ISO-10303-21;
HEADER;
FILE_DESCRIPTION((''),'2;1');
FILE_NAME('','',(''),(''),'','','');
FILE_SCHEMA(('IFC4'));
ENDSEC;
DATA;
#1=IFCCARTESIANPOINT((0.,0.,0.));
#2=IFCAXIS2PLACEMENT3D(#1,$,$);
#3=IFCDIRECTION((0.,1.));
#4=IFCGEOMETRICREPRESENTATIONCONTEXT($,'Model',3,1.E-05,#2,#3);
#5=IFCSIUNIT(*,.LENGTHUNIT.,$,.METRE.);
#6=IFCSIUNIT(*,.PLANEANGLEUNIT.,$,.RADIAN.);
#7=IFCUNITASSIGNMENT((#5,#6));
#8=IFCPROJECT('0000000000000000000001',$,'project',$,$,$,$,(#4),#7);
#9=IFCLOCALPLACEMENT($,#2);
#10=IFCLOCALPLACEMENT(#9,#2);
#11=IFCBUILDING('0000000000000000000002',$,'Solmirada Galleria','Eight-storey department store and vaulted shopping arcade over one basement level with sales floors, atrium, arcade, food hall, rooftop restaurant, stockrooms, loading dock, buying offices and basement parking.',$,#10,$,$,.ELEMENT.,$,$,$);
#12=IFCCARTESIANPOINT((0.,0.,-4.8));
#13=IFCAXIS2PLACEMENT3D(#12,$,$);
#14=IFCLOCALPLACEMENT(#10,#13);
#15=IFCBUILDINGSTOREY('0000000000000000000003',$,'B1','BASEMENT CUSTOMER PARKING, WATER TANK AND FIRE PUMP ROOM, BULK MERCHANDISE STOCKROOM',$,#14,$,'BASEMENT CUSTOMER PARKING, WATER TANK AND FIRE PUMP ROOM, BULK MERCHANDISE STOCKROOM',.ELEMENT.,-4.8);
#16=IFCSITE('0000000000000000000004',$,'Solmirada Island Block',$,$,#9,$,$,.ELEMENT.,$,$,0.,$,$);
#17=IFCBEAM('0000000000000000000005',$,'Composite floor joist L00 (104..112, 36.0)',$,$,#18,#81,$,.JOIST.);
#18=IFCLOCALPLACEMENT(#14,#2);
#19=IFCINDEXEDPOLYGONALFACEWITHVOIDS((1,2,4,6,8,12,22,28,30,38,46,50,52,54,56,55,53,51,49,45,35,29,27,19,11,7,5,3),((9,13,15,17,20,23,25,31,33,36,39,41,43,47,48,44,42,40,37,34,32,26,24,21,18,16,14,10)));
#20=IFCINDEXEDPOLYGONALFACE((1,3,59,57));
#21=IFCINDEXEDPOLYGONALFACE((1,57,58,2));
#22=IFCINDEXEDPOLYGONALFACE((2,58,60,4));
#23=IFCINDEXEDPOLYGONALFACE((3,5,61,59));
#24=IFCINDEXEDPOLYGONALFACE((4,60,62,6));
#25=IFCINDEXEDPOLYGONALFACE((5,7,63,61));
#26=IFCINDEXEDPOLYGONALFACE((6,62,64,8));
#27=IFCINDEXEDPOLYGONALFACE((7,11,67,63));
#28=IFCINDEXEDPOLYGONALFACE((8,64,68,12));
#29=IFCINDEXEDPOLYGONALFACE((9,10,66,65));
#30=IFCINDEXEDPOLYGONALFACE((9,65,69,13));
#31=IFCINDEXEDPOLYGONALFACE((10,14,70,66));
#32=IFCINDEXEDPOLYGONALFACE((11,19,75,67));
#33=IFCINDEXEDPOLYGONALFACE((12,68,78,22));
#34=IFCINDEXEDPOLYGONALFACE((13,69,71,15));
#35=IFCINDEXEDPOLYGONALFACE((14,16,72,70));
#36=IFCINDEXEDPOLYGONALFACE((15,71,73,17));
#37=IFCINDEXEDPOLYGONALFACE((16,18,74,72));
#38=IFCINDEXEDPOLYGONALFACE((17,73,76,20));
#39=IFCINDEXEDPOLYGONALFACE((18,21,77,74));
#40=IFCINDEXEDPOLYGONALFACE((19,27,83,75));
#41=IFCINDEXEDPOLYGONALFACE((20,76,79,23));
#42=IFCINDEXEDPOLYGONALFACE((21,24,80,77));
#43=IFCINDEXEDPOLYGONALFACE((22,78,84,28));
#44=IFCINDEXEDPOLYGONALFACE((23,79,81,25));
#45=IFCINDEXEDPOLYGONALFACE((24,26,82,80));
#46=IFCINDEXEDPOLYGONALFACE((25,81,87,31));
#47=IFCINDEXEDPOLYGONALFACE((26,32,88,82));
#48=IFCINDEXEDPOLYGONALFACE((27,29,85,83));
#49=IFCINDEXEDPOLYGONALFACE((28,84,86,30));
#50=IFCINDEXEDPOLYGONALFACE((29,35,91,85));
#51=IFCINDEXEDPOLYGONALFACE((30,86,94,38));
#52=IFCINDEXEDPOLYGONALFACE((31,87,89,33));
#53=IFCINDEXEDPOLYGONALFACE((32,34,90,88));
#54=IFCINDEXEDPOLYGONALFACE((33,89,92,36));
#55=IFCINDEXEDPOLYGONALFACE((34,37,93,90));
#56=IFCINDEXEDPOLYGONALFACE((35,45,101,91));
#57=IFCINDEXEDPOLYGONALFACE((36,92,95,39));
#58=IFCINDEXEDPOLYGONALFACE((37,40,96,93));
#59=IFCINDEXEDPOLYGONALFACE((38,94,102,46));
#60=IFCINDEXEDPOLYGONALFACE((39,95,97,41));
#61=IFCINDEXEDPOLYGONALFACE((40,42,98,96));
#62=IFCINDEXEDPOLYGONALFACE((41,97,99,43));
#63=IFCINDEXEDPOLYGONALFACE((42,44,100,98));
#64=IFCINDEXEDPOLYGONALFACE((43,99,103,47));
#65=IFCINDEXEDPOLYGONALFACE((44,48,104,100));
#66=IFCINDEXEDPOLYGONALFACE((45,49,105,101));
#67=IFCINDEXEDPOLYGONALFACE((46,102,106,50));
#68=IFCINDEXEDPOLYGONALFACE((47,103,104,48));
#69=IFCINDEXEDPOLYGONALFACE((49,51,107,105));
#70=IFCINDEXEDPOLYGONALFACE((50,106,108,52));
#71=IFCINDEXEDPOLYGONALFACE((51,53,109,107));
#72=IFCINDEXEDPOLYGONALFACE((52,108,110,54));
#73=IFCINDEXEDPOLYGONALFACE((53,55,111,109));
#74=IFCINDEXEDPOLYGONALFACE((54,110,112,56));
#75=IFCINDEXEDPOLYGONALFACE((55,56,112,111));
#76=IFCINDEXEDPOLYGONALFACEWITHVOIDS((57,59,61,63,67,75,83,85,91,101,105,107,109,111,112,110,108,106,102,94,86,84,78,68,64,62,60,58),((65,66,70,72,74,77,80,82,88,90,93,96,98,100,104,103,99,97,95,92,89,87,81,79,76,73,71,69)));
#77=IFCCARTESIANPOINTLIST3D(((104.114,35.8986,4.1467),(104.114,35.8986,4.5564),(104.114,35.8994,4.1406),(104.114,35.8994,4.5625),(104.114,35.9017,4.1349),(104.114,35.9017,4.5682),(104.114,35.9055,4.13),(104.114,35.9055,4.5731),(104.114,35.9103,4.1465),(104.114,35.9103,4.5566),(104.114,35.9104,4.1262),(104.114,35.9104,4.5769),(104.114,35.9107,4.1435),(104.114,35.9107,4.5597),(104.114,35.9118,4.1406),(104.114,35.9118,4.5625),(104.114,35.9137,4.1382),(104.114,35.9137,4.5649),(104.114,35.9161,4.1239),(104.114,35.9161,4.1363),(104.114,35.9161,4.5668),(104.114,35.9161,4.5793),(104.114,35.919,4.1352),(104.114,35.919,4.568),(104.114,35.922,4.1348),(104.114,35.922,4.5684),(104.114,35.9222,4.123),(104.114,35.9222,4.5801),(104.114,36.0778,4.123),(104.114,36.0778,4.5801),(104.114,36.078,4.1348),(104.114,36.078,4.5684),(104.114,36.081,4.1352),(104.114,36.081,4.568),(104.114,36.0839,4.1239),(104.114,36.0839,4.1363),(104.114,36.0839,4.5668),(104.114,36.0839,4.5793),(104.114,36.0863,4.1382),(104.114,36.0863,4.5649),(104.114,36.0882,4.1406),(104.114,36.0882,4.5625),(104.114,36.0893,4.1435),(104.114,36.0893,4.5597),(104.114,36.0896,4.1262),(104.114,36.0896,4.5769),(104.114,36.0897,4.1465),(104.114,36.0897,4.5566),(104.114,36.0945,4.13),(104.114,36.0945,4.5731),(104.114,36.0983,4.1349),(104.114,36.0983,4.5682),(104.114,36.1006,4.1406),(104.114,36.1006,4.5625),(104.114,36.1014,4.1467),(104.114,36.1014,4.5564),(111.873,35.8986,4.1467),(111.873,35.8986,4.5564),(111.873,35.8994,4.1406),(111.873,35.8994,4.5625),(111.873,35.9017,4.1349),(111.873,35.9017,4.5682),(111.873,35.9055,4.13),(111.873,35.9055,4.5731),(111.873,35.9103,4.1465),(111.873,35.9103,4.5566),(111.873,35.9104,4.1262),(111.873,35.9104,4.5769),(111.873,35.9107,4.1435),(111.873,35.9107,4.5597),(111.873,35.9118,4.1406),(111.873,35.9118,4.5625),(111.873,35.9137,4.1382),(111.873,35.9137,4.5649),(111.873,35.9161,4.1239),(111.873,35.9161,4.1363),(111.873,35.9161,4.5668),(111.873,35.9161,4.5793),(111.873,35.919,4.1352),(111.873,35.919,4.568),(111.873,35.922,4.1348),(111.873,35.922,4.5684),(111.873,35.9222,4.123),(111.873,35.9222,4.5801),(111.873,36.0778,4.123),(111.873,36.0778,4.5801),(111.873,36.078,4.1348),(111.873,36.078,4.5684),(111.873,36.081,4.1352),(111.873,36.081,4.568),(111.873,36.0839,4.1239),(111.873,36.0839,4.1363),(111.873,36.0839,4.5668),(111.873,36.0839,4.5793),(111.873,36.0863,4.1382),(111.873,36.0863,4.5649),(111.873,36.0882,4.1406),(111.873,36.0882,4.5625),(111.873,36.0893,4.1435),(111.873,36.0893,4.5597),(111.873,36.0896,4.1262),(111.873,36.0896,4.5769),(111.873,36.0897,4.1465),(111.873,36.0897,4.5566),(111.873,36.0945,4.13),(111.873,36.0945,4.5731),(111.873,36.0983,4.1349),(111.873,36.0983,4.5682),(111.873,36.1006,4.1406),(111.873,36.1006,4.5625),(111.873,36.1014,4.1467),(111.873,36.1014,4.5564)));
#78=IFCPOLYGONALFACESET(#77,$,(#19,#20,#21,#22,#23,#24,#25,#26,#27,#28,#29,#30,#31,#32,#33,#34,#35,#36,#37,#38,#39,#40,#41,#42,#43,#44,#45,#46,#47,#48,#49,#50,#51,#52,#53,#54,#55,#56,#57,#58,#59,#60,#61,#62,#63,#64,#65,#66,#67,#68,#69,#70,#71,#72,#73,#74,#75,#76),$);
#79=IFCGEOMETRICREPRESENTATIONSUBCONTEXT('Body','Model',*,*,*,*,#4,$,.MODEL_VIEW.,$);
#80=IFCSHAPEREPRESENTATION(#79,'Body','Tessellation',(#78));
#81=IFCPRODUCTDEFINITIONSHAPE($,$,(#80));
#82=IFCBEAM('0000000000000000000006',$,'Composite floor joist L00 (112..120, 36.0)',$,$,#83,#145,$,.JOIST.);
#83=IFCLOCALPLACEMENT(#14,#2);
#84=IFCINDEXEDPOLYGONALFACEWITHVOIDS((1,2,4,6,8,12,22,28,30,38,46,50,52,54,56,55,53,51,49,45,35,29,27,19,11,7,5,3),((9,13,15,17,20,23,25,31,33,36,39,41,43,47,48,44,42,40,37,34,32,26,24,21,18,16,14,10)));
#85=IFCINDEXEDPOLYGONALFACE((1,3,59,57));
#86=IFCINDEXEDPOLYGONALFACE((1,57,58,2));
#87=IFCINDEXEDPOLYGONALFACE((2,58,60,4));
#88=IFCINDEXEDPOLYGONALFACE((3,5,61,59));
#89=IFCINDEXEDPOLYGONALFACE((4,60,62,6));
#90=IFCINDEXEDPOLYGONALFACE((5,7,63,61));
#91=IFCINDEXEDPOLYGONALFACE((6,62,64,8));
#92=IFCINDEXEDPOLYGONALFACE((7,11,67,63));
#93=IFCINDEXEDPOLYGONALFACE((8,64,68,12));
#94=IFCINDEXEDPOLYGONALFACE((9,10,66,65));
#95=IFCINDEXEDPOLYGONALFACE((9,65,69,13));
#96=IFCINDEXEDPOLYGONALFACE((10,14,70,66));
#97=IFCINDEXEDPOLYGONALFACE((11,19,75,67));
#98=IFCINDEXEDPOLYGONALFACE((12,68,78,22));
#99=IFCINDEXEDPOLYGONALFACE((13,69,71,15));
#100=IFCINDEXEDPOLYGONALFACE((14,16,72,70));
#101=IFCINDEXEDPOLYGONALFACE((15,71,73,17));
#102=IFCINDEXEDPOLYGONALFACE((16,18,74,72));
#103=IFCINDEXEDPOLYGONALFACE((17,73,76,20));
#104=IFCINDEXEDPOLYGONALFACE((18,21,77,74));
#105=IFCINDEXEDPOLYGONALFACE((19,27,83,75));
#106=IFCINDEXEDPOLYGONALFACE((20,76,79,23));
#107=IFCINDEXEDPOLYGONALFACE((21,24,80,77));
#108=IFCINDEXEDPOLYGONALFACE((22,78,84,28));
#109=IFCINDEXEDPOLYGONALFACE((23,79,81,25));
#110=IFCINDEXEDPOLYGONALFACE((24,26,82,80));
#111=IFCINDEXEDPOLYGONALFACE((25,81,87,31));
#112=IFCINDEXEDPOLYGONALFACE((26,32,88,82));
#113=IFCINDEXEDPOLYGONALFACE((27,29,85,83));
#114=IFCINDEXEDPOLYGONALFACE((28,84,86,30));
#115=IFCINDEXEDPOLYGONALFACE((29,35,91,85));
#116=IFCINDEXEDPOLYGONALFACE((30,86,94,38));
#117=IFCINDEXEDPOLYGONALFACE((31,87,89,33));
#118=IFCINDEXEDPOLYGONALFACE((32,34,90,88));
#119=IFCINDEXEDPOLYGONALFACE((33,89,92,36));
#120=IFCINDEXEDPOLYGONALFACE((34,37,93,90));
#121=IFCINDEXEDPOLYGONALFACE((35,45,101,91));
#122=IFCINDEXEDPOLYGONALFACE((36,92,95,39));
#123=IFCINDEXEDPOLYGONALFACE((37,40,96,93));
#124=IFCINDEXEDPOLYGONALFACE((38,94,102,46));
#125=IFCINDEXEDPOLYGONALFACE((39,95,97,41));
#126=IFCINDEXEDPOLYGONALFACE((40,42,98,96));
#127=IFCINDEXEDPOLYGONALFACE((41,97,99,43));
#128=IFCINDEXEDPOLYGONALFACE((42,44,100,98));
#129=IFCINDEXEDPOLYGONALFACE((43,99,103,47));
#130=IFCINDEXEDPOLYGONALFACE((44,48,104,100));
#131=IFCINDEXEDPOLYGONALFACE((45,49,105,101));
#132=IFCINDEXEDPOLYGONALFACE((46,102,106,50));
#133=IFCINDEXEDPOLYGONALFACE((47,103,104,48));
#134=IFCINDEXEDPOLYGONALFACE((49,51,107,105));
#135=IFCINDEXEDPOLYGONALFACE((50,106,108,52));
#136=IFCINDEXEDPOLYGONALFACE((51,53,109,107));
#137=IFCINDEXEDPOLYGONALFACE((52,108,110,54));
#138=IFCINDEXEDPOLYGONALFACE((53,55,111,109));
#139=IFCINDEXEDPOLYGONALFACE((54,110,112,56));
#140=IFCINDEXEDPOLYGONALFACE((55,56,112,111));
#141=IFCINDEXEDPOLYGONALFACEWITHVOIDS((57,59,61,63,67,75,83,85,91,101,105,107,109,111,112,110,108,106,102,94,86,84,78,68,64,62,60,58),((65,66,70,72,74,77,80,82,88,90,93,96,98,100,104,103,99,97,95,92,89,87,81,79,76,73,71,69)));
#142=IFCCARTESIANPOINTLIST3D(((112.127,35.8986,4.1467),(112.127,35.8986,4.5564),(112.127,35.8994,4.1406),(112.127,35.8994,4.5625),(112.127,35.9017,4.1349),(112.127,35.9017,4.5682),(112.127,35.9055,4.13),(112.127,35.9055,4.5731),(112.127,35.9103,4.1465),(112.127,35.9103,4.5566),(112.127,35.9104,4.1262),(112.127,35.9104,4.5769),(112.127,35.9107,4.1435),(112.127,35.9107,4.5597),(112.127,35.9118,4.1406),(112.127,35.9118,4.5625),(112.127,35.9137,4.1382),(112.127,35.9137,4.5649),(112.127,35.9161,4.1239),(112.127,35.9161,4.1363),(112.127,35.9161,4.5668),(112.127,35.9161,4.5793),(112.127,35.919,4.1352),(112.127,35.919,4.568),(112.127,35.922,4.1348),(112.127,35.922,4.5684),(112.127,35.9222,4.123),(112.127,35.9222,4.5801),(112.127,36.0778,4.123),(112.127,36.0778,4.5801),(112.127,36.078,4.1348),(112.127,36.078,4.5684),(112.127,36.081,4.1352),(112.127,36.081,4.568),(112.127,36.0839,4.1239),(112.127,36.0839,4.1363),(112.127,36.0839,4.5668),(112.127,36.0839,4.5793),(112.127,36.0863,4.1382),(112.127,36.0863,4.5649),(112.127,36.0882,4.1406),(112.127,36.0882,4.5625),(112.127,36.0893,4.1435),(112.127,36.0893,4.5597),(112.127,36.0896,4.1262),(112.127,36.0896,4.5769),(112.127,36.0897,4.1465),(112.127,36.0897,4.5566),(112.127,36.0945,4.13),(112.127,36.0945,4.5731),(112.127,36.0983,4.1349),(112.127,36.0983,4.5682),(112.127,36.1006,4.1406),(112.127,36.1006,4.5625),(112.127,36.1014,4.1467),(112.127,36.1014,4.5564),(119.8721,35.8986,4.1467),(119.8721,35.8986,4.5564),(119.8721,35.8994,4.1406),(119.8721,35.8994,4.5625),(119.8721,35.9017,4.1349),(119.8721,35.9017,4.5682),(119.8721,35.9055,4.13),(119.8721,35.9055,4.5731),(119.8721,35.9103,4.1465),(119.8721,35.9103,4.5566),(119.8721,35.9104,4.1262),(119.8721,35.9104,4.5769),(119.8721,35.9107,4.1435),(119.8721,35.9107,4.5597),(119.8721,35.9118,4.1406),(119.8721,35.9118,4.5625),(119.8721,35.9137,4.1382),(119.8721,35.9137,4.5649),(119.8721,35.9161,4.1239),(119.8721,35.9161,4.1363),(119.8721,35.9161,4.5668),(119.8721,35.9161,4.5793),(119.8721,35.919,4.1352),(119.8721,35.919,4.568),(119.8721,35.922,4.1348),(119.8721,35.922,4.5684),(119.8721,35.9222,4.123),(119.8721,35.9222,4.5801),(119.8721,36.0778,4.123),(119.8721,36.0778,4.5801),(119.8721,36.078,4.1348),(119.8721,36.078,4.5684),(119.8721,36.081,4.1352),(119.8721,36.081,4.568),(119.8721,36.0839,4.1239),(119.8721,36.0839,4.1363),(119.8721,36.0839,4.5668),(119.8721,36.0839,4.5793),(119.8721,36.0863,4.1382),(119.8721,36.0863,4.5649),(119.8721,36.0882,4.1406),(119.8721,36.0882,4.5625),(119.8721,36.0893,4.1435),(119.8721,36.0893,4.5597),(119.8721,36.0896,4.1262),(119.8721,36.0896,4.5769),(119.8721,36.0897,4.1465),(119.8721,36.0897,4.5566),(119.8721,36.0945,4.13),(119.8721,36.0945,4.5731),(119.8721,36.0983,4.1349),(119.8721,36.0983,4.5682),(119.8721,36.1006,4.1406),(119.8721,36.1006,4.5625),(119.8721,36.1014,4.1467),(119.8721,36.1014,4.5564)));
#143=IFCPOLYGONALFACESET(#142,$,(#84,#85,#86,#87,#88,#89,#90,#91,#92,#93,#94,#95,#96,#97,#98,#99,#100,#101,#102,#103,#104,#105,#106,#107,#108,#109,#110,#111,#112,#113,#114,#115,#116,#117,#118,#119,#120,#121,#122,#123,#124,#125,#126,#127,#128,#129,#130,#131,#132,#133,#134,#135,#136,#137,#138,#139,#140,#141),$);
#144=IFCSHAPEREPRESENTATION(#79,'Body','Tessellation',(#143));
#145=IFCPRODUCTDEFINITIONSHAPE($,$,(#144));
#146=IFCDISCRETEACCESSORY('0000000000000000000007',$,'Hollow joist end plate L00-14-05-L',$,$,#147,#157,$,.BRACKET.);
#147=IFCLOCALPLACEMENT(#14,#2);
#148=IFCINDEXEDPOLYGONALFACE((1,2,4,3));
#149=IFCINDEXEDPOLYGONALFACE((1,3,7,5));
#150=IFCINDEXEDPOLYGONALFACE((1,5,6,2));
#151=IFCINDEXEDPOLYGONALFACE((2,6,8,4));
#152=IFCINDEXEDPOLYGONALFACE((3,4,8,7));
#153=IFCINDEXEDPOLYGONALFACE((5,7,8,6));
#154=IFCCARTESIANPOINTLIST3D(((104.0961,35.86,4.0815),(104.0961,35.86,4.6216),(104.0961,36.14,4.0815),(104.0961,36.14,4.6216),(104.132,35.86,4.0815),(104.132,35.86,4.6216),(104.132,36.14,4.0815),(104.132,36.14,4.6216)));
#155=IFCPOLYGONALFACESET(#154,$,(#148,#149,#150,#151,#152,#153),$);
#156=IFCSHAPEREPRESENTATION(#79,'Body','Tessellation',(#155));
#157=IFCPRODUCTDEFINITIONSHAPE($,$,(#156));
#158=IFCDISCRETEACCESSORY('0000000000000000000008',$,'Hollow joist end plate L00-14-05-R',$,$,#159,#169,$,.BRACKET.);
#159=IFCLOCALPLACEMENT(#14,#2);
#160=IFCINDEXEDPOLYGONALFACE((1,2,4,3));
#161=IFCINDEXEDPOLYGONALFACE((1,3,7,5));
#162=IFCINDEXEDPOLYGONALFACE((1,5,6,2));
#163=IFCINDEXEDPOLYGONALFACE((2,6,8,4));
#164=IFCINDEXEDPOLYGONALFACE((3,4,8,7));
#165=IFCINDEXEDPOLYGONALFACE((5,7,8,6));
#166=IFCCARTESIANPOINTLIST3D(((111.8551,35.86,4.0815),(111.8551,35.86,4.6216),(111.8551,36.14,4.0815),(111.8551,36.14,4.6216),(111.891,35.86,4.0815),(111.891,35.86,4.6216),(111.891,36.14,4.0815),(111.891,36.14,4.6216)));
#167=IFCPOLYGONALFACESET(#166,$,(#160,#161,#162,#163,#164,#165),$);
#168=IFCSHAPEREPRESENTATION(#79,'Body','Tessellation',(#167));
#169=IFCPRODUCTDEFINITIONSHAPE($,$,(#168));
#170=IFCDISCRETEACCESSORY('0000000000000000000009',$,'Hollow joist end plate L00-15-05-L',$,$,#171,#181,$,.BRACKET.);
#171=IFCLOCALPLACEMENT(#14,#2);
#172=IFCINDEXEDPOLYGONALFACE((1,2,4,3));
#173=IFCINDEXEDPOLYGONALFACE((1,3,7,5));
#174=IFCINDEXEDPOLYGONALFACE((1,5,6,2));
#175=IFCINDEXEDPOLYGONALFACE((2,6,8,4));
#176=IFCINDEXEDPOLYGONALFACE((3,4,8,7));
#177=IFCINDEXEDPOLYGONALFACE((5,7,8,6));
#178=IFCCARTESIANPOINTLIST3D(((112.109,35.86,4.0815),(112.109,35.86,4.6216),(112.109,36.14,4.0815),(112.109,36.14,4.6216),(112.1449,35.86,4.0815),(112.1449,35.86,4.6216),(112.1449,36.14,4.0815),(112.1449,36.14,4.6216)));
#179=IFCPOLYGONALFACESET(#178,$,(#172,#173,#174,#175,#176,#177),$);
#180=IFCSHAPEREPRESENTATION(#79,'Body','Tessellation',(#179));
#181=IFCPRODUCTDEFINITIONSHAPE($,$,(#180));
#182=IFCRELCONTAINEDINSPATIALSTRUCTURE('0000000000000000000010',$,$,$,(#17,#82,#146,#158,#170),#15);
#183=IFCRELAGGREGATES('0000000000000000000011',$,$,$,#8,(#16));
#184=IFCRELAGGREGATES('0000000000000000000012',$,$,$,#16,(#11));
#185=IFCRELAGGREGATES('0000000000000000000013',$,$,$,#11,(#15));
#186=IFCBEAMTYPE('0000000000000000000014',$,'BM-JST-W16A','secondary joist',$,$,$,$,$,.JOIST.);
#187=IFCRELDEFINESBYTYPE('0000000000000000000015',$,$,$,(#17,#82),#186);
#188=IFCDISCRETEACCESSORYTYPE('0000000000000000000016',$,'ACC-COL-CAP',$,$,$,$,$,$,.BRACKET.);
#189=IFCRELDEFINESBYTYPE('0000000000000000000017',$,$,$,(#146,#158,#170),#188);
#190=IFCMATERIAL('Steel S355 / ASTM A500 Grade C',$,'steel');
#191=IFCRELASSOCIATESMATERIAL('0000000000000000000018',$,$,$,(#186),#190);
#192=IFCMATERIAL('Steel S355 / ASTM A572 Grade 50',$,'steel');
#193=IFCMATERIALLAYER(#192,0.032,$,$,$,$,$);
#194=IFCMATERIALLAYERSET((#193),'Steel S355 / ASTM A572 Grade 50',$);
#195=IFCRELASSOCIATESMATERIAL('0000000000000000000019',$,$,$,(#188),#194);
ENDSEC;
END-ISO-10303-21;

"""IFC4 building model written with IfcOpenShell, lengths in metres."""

from ifc_helpers import new_model, si_unit, direction, frame, origin, origin_2d, place, context, subcontext, project, spatial, rectangle, hollow_rectangle, extrude, material, layer, layer_set, material_profile, profile_set, type_object, element, save


model = new_model("IFC4")

# Units and contexts
model_context = context("Model", 3, precision=1e-05, world=origin(), true_north=direction((0.0, 1.0)))
body_context = subcontext(model_context, "Body", "Model", "MODEL_VIEW")
ifc_project = project(units=[si_unit("LENGTHUNIT", "METRE"), si_unit("PLANEANGLEUNIT", "RADIAN")], contexts=[model_context])

# Site, building, storey
site_placement = place(None, origin())
site = spatial("IfcSite", under=ifc_project, at=site_placement, Name="Solmirada Island Block", CompositionType="ELEMENT", RefElevation=0.0)
building_placement = place(site_placement, origin())
building = spatial("IfcBuilding", under=site, at=building_placement, Name="Solmirada Galleria", Description="Eight-storey department store and vaulted shopping arcade over one basement level with sales floors, atrium, arcade, food hall, rooftop restaurant, stockrooms, loading dock, buying offices and basement parking.", CompositionType="ELEMENT")
storey_placement = place(building_placement, frame((0.0, 0.0, -4.8)))
storey = spatial("IfcBuildingStorey", under=building, at=storey_placement, Name="B1", Description="BASEMENT CUSTOMER PARKING, WATER TANK AND FIRE PUMP ROOM, BULK MERCHANDISE STOCKROOM", LongName="BASEMENT CUSTOMER PARKING, WATER TANK AND FIRE PUMP ROOM, BULK MERCHANDISE STOCKROOM", CompositionType="ELEMENT", Elevation=-4.8)

# Shared definitions
ifc_material_1 = material(Name="Steel S355 / ASTM A500 Grade C", Category="steel")

# Beams
ifc_material_profile_1 = material_profile(ifc_material_1, hollow_rectangle(XDim=0.2029, YDim=0.457, WallThickness=0.0117, InnerFilletRadius=0.0117, OuterFilletRadius=0.0237, at=origin_2d()), Name="HSS18X8X1/2")
ifc_profile_set_1 = profile_set([ifc_material_profile_1], Name="Steel S355 / ASTM A500 Grade C")
beam_type_1 = type_object("IfcBeamType", Name="BM-JST-W16A", Description="secondary joist", PredefinedType="JOIST", material=ifc_profile_set_1)
beam_1_placement = place(storey_placement, frame((104.114, 36.0, 4.3516), z_axis=(1.0, 0.0, 0.0), x_axis=(0.0, 1.0, 0.0)))
element("IfcBeam", 1, at=beam_1_placement, inside=storey, type_object=beam_type_1, Name="Composite floor joist L00 (104..112, 36.0)", PredefinedType="JOIST", context=body_context, shape_type="SweptSolid", body=[
    extrude(hollow_rectangle(XDim=0.2029, YDim=0.457, WallThickness=0.0117, InnerFilletRadius=0.0117, OuterFilletRadius=0.0237, at=origin_2d()), origin(), (0.0, 0.0, 1.0), 7.759),
])
beam_2_placement = place(storey_placement, frame((112.127, 36.0, 4.3516), z_axis=(1.0, 0.0, 0.0), x_axis=(0.0, 1.0, 0.0)))
element("IfcBeam", 2, at=beam_2_placement, inside=storey, type_object=beam_type_1, Name="Composite floor joist L00 (112..120, 36.0)", PredefinedType="JOIST", context=body_context, shape_type="SweptSolid", body=[
    extrude(hollow_rectangle(XDim=0.2029, YDim=0.457, WallThickness=0.0117, InnerFilletRadius=0.0117, OuterFilletRadius=0.0237, at=origin_2d()), origin(), (0.0, 0.0, 1.0), 7.7451),
])

# Discrete accessories
ifc_material_2 = material(Name="Steel S355 / ASTM A572 Grade 50", Category="steel")
ifc_layer = layer(ifc_material_2, 0.032)
ifc_layer_set = layer_set([ifc_layer], Name="Steel S355 / ASTM A572 Grade 50")
discrete_accessory_type = type_object("IfcDiscreteAccessoryType", Name="ACC-COL-CAP", PredefinedType="BRACKET", material=ifc_layer_set)
for number, where, z_axis, x_axis, name in (
    (3, (104.114, 36.0, 4.0815), (0.0, 0.0, 1.0), (1.0, 0.0, 0.0), "Hollow joist end plate L00-14-05-L"),
    (4, (111.873, 36.0, 4.0815), (0.0, 0.0, 1.0), (1.0, 0.0, 0.0), "Hollow joist end plate L00-14-05-R"),
    (5, (112.127, 36.0, 4.0815), (0.0, 0.0, 1.0), (1.0, 0.0, 0.0), "Hollow joist end plate L00-15-05-L"),
):
    element("IfcDiscreteAccessory", number, at=place(storey_placement, frame(where, z_axis=z_axis, x_axis=x_axis)), inside=storey, type_object=discrete_accessory_type, Name=name, PredefinedType="BRACKET", context=body_context, shape_type="SweptSolid", body=[
        extrude(rectangle(XDim=0.0359, YDim=0.28, at=origin_2d()), origin(), (0.0, 0.0, 1.0), 0.54),
    ])

save(model, "model.ifc")
